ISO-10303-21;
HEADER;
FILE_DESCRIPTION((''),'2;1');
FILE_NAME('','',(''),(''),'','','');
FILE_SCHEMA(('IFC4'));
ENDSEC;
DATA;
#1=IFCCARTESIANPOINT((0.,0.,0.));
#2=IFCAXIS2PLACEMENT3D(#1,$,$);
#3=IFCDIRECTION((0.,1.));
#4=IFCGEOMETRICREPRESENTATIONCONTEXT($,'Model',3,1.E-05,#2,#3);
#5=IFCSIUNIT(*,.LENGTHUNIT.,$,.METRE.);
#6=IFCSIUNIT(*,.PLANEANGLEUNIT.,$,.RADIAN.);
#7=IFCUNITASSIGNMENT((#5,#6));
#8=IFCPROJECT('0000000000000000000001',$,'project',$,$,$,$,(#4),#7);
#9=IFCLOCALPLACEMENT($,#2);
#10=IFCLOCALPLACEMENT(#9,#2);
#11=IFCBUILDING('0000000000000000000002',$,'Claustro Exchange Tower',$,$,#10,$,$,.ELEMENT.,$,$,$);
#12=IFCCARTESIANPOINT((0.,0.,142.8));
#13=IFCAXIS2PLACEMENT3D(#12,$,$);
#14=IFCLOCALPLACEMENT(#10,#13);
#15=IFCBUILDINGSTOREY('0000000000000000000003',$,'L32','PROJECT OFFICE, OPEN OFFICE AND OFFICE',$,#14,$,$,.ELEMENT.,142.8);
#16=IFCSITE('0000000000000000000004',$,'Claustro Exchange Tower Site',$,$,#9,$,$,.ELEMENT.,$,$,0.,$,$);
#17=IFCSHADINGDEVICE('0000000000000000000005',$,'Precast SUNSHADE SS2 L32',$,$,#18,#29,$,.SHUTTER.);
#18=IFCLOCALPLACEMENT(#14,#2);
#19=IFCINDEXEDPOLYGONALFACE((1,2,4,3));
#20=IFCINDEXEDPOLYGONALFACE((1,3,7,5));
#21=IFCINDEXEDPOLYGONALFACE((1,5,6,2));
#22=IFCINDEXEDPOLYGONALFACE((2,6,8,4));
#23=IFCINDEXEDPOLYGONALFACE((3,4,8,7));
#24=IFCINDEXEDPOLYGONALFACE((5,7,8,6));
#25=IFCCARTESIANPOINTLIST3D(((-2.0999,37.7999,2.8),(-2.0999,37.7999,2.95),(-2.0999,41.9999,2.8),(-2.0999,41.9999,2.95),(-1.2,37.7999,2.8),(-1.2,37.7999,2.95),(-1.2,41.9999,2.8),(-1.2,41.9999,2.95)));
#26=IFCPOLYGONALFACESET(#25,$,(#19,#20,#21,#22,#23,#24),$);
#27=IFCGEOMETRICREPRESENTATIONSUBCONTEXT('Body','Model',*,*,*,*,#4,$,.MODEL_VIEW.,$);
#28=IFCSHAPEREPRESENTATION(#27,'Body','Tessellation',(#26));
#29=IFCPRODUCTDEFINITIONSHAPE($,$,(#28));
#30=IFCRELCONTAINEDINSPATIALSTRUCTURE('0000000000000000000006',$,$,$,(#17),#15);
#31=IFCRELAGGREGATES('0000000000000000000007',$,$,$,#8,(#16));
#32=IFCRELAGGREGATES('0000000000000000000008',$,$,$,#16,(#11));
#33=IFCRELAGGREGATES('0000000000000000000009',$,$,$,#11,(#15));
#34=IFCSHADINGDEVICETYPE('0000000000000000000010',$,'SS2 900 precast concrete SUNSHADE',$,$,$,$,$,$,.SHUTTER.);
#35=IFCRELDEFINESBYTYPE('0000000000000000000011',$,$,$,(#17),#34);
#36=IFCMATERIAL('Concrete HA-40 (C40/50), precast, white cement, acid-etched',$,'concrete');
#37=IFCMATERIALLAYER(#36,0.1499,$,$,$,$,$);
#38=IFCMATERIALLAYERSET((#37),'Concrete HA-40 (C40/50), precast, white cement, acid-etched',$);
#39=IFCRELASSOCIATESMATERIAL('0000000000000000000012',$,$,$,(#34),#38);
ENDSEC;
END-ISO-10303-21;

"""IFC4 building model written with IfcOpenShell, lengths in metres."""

from ifc_helpers import new_model, si_unit, direction, frame, origin, origin_2d, place, context, subcontext, project, spatial, rectangle, extrude, material, layer, layer_set, type_object, element, save


model = new_model("IFC4")

# Units and contexts
model_context = context("Model", 3, precision=1e-05, world=origin(), true_north=direction((0.0, 1.0)))
body_context = subcontext(model_context, "Body", "Model", "MODEL_VIEW")
ifc_project = project(units=[si_unit("LENGTHUNIT", "METRE"), si_unit("PLANEANGLEUNIT", "RADIAN")], contexts=[model_context])

# Site, building, storey
site_placement = place(None, origin())
site = spatial("IfcSite", under=ifc_project, at=site_placement, Name="Claustro Exchange Tower Site", CompositionType="ELEMENT", RefElevation=0.0)
building_placement = place(site_placement, origin())
building = spatial("IfcBuilding", under=site, at=building_placement, Name="Claustro Exchange Tower", CompositionType="ELEMENT")
storey_placement = place(building_placement, frame((0.0, 0.0, 142.8)))
storey = spatial("IfcBuildingStorey", under=building, at=storey_placement, Name="L32", Description="PROJECT OFFICE, OPEN OFFICE AND OFFICE", CompositionType="ELEMENT", Elevation=142.8)

# Shading device
ifc_material_1 = material(Name="Concrete HA-40 (C40/50), precast, white cement, acid-etched", Category="concrete")
ifc_layer_1 = layer(ifc_material_1, 0.1499)
ifc_layer_set_1 = layer_set([ifc_layer_1], Name="Concrete HA-40 (C40/50), precast, white cement, acid-etched")
shading_device_type = type_object("IfcShadingDeviceType", Name="SS2 900 precast concrete SUNSHADE", PredefinedType="SHUTTER", material=ifc_layer_set_1)
shading_device_placement = place(storey_placement, frame((-1.6499, 39.8999, 2.8), z_axis=(0.0, 0.0, 1.0), x_axis=(0.0, 1.0, 0.0)))
element("IfcShadingDevice", 1, at=shading_device_placement, inside=storey, type_object=shading_device_type, Name="Precast SUNSHADE SS2 L32", PredefinedType="SHUTTER", context=body_context, shape_type="SweptSolid", body=[
    extrude(rectangle(XDim=4.2, YDim=0.8999, at=origin_2d()), origin(), (0.0, 0.0, 1.0), 0.1499),
])

save(model, "model.ifc")
